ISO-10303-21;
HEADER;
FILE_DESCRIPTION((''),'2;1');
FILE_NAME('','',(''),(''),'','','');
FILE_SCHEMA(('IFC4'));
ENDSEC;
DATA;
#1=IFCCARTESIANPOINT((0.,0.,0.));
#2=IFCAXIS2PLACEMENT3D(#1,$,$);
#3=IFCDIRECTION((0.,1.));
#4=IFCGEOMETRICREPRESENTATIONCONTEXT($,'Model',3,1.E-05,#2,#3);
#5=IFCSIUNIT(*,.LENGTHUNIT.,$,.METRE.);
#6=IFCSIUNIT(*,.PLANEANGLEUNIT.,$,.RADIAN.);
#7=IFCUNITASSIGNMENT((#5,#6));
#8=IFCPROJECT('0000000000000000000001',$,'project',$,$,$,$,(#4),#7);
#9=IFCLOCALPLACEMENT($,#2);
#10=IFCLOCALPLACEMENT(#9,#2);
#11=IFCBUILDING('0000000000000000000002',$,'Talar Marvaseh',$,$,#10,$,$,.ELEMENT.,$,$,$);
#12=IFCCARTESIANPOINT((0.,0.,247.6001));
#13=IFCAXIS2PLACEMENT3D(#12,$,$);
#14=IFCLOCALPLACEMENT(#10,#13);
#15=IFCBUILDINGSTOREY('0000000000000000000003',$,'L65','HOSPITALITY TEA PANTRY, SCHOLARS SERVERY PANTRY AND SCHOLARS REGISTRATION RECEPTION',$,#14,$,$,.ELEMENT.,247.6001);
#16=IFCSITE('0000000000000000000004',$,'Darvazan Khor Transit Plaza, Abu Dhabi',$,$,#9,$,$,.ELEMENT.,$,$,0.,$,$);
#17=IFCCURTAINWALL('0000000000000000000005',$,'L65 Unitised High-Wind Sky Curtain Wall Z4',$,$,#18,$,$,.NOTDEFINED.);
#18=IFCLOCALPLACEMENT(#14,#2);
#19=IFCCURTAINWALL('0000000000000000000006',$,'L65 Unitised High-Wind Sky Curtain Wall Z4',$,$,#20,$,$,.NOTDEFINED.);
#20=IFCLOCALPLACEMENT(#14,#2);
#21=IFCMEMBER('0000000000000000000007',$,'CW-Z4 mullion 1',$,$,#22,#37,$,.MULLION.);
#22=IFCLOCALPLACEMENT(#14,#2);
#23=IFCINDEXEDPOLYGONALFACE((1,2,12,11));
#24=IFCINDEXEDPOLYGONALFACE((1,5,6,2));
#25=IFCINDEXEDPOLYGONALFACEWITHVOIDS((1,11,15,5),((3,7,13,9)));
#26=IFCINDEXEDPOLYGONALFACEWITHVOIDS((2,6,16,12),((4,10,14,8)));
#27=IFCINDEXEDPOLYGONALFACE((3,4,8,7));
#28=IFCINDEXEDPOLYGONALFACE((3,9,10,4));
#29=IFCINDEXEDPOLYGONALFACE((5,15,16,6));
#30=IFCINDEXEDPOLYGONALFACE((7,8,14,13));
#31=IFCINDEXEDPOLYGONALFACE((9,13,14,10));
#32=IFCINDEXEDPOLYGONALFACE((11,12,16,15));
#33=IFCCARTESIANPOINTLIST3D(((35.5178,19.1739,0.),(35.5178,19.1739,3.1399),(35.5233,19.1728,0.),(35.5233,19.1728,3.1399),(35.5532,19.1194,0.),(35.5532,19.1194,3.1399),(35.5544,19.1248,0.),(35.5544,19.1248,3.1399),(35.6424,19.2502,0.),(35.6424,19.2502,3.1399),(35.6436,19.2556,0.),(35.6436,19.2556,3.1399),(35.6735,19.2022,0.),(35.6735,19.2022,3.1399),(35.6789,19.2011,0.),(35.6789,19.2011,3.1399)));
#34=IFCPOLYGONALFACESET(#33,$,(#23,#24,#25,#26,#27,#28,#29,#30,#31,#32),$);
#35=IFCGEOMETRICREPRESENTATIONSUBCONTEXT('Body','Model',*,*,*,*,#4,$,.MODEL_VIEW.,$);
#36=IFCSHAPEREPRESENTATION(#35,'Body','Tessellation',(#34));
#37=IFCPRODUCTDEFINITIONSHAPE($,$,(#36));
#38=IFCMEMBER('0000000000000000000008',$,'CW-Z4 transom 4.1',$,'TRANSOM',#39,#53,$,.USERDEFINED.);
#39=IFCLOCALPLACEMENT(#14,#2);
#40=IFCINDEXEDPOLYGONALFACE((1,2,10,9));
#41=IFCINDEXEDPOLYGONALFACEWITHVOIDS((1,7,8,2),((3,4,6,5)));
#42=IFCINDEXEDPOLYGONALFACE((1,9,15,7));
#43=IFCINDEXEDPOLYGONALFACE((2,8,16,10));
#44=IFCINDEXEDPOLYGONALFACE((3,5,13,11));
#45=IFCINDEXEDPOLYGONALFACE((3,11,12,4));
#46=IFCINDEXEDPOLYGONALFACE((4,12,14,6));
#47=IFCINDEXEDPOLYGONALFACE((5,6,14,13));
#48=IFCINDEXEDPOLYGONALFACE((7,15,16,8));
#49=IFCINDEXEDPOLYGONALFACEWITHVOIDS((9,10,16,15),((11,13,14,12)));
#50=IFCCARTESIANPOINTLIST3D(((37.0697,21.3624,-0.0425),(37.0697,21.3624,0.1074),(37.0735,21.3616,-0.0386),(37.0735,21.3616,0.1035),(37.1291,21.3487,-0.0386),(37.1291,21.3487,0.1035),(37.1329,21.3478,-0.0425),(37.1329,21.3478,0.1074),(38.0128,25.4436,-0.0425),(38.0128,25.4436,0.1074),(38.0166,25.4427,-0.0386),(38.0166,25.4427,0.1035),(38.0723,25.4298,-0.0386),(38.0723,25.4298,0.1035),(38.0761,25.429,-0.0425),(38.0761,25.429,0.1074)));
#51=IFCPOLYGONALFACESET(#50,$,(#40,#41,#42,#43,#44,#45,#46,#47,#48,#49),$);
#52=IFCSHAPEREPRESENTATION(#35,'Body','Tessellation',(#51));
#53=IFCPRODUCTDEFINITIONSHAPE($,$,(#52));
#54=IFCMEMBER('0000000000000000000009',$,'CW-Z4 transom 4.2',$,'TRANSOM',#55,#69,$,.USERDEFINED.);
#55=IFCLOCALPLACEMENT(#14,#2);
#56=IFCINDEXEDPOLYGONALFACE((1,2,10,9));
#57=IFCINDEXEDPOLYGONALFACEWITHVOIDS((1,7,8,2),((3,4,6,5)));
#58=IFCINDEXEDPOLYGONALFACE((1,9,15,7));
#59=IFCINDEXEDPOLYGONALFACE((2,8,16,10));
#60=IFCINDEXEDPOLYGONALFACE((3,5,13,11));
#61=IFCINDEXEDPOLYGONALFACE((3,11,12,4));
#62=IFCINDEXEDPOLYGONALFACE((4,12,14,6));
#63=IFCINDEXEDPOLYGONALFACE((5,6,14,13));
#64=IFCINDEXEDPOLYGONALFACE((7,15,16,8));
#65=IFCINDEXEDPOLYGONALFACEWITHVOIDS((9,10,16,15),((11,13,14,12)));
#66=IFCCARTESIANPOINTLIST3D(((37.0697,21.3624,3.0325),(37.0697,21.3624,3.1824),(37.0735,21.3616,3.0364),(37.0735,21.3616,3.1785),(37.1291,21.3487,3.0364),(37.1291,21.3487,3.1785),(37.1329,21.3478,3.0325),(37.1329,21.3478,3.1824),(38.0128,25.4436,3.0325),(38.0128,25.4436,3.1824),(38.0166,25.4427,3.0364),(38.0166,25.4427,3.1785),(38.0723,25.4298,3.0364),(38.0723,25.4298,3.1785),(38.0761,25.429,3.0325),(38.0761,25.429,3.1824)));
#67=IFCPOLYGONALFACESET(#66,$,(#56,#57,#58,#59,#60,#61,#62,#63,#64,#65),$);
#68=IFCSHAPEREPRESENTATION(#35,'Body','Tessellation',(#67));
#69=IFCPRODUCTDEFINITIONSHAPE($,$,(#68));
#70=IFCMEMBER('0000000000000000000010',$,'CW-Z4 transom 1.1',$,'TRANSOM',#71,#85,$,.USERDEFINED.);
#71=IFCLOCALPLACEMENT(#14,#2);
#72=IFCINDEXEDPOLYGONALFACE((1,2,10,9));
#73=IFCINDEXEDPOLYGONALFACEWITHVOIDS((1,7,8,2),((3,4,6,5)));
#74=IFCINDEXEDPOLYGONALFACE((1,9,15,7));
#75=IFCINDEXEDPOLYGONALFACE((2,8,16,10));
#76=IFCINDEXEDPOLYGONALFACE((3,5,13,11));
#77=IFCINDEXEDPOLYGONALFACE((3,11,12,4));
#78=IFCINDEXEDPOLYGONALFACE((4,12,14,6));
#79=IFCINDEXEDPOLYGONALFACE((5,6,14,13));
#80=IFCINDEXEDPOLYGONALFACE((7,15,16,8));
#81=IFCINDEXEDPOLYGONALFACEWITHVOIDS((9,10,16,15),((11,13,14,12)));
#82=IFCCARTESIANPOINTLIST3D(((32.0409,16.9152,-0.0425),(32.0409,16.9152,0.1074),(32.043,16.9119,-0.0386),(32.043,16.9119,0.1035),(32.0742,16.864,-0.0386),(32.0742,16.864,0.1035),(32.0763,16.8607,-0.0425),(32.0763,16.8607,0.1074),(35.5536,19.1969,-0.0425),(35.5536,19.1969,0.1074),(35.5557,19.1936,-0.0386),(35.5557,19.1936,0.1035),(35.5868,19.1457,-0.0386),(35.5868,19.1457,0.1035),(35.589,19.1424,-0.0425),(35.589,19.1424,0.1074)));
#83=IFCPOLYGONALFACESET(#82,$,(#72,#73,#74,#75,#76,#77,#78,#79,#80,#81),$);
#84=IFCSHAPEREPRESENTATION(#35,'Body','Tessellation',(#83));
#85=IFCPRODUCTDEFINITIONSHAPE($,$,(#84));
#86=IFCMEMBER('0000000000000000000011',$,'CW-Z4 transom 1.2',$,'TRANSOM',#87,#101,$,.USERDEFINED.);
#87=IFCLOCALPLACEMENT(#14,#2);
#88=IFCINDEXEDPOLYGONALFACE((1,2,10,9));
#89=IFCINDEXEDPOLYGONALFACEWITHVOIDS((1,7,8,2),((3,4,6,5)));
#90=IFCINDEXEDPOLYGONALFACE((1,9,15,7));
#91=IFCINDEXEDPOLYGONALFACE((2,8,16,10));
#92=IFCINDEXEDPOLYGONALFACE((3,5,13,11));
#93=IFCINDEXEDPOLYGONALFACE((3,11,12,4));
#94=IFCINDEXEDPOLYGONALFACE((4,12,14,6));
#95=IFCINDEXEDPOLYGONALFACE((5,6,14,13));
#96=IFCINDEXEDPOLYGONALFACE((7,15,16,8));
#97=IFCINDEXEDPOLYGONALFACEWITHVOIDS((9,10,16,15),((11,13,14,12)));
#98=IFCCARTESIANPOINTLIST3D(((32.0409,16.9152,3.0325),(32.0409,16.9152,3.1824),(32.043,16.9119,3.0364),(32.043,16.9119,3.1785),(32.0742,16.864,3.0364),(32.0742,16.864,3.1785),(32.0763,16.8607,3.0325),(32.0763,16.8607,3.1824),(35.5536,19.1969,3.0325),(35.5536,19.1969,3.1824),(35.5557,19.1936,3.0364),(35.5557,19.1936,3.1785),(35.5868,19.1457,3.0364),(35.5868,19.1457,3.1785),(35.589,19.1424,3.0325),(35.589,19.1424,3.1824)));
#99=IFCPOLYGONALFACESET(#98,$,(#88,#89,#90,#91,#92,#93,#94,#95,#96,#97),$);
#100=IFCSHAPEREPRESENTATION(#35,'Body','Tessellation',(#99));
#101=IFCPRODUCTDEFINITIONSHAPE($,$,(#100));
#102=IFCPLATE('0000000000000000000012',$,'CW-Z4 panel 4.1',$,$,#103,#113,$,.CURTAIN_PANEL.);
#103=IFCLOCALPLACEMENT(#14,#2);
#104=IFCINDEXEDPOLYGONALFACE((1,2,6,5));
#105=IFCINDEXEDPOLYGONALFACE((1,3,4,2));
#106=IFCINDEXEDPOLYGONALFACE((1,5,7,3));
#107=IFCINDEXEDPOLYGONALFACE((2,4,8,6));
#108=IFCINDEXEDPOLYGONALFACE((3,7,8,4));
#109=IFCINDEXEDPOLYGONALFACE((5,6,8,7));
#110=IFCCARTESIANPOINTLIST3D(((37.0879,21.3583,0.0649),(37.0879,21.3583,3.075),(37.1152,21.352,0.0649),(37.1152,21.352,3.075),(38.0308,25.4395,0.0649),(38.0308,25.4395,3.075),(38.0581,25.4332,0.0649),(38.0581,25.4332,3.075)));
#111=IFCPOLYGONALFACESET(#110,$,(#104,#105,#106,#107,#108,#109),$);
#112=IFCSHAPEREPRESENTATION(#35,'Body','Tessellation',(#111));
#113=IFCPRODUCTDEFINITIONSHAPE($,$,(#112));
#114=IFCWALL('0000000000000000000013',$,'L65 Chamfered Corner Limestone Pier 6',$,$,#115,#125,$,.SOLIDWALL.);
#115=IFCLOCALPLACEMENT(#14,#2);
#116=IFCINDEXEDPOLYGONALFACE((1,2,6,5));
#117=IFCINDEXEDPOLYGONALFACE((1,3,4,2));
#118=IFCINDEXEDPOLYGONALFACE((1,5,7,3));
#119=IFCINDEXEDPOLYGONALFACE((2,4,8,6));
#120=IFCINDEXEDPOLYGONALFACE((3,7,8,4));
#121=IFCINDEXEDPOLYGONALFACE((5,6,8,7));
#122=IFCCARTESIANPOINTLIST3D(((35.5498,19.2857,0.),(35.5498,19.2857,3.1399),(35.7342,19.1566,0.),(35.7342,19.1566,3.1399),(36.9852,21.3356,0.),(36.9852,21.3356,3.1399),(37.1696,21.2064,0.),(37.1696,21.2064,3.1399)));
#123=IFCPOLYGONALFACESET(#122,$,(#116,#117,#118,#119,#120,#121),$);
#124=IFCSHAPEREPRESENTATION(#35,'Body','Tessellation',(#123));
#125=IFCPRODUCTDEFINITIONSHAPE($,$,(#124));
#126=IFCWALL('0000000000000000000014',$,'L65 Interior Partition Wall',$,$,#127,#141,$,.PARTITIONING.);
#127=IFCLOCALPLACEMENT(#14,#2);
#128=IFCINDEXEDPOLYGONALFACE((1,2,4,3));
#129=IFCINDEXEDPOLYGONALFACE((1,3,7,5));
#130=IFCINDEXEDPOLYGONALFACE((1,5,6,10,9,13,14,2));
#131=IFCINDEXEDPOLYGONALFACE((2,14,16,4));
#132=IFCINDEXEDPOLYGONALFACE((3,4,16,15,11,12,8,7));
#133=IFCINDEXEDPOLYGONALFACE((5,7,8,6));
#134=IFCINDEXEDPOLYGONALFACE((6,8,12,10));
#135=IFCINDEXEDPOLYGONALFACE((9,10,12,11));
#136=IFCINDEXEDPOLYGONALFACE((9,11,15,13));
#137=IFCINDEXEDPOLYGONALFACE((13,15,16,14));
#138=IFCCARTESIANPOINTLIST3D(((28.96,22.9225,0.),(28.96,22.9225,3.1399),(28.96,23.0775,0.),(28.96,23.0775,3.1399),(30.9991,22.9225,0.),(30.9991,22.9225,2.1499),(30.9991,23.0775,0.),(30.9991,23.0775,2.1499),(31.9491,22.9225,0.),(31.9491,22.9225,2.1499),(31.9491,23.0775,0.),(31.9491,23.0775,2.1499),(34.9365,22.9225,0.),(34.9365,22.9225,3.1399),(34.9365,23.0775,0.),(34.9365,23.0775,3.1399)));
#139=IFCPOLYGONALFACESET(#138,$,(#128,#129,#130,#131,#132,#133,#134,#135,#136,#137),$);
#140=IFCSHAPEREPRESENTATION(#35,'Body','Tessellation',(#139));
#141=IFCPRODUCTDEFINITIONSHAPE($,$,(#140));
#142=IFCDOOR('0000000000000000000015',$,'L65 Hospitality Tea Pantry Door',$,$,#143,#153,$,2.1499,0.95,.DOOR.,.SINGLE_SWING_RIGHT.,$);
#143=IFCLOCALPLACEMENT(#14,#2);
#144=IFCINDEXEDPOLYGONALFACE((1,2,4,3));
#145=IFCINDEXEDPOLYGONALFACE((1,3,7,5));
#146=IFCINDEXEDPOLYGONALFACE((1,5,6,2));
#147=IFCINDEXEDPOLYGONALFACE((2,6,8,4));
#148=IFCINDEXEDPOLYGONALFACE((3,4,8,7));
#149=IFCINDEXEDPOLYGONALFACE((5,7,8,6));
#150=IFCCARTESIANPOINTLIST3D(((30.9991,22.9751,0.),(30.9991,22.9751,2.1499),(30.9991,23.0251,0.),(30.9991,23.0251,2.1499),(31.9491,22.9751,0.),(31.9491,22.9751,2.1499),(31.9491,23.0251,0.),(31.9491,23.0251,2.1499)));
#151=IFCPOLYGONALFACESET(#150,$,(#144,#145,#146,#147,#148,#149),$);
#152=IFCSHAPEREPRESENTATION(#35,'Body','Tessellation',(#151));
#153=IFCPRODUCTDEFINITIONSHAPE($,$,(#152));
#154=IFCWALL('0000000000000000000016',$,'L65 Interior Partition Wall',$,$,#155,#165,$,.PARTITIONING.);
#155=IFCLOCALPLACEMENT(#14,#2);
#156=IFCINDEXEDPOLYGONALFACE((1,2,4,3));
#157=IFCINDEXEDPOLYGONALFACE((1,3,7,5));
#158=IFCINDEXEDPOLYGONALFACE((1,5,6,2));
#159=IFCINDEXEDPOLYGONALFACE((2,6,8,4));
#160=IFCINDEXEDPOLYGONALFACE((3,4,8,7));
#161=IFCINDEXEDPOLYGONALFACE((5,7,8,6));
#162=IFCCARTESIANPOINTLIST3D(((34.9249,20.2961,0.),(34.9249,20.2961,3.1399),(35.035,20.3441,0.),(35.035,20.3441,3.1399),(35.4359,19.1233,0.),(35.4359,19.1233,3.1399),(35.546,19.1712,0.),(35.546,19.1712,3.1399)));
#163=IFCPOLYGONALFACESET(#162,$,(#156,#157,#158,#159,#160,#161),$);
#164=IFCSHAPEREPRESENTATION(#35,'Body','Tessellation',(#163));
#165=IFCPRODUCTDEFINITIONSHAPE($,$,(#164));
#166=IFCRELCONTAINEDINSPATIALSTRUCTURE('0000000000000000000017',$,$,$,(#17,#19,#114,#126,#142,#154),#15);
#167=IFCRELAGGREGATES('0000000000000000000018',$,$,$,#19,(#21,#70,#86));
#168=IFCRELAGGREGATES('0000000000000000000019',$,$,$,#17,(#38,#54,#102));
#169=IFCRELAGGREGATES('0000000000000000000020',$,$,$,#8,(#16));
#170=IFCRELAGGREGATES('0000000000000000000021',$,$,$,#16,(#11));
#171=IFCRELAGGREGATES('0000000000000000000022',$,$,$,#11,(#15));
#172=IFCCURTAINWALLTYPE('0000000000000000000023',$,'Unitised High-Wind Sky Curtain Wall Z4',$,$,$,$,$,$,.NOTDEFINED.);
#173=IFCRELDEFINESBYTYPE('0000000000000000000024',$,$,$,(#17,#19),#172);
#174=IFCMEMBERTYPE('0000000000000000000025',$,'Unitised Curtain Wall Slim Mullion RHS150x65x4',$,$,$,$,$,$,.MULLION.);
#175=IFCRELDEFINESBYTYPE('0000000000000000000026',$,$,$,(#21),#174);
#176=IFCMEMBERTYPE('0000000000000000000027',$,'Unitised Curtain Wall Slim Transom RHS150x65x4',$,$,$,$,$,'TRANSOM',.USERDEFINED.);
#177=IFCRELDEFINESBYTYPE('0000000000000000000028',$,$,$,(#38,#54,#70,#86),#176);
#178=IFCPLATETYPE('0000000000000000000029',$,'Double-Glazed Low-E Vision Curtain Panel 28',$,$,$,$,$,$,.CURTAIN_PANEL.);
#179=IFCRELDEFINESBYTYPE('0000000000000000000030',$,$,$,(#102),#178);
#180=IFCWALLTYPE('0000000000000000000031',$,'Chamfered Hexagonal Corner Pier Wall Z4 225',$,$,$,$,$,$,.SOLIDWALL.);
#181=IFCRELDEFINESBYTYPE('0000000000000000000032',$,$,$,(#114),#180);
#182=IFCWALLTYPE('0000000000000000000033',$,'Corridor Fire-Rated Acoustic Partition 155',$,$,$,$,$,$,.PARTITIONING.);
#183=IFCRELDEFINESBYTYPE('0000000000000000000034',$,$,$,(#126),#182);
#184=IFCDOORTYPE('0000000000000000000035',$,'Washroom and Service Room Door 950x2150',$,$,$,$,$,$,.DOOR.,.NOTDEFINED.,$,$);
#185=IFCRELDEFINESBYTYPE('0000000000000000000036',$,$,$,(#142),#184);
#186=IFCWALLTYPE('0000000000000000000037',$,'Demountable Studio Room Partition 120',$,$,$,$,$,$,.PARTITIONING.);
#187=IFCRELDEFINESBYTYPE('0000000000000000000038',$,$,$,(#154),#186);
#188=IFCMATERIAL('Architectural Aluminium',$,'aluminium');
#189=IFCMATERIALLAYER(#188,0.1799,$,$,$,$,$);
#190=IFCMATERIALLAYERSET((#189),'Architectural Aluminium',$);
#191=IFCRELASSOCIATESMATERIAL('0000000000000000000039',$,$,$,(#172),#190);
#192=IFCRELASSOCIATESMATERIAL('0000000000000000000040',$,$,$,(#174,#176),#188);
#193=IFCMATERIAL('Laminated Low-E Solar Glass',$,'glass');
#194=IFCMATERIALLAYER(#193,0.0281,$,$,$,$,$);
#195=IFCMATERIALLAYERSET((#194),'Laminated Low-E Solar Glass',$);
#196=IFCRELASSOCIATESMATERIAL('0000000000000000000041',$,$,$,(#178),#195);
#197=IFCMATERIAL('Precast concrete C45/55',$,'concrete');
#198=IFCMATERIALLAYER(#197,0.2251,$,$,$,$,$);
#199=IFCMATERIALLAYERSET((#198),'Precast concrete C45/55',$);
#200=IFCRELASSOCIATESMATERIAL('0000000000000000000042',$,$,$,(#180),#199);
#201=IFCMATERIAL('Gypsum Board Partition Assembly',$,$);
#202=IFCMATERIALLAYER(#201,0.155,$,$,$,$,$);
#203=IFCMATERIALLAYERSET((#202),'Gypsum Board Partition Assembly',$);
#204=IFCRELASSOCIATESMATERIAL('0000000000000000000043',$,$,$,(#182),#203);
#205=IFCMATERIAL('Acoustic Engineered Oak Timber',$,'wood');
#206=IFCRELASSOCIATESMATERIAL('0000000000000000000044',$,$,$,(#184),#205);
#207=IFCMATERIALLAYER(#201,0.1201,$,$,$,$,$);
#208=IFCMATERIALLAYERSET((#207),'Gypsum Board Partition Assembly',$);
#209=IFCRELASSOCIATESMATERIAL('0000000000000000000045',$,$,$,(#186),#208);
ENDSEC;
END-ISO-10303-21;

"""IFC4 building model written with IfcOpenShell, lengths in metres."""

from ifc_helpers import new_model, si_unit, direction, frame, frame_2d, origin, origin_2d, place, context, subcontext, project, spatial, rectangle, hollow_rectangle, extrude, source, transform, mapped, material, layer, layer_set, material_profile, profile_set, type_object, type_shapes, element, fill, aggregate, save


model = new_model("IFC4")

# Units and contexts
model_context = context("Model", 3, precision=1e-05, world=origin(), true_north=direction((0.0, 1.0)))
body_context = subcontext(model_context, "Body", "Model", "MODEL_VIEW")
ifc_project = project(units=[si_unit("LENGTHUNIT", "METRE"), si_unit("PLANEANGLEUNIT", "RADIAN")], contexts=[model_context])

# Site, building, storey
site_placement = place(None, origin())
site = spatial("IfcSite", under=ifc_project, at=site_placement, Name="Darvazan Khor Transit Plaza, Abu Dhabi", CompositionType="ELEMENT", RefElevation=0.0)
building_placement = place(site_placement, origin())
building = spatial("IfcBuilding", under=site, at=building_placement, Name="Talar Marvaseh", CompositionType="ELEMENT")
storey_placement = place(building_placement, frame((0.0, 0.0, 247.6001)))
storey = spatial("IfcBuildingStorey", under=building, at=storey_placement, Name="L65", Description="HOSPITALITY TEA PANTRY, SCHOLARS SERVERY PANTRY AND SCHOLARS REGISTRATION RECEPTION", CompositionType="ELEMENT", Elevation=247.6001)

# Curtain wall
ifc_material_1 = material(Name="Architectural Aluminium", Category="aluminium")
ifc_layer_1 = layer(ifc_material_1, 0.1799)
ifc_layer_set_1 = layer_set([ifc_layer_1], Name="Architectural Aluminium")
curtain_wall_type = type_object("IfcCurtainWallType", Name="Unitised High-Wind Sky Curtain Wall Z4", PredefinedType="NOTDEFINED", material=ifc_layer_set_1)
curtain_wall_1_placement = place(storey_placement, origin())
curtain_wall_1 = element("IfcCurtainWall", 1, at=curtain_wall_1_placement, inside=storey, type_object=curtain_wall_type, Name="L65 Unitised High-Wind Sky Curtain Wall Z4", PredefinedType="NOTDEFINED")
ifc_material_profile_1 = material_profile(ifc_material_1, hollow_rectangle(XDim=0.0649, YDim=0.1499, WallThickness=0.0039, at=origin_2d()), Name="RHS150x65x4")
ifc_profile_set_1 = profile_set([ifc_material_profile_1], Name="Architectural Aluminium")
member_type_1 = type_object("IfcMemberType", Name="Unitised Curtain Wall Slim Mullion RHS150x65x4", PredefinedType="MULLION", material=ifc_profile_set_1)
shared_shape_1 = source(origin(), body_context, "Body", "SweptSolid", [
    extrude(hollow_rectangle(XDim=0.0649, YDim=0.1499, WallThickness=0.0039, at=origin_2d()), origin(), (0.0, 0.0, 1.0), 3.1399),
])
type_shapes(member_type_1, [shared_shape_1])

# Curtain wall, member
curtain_wall_2_placement = place(storey_placement, origin())
curtain_wall_2 = element("IfcCurtainWall", 2, at=curtain_wall_2_placement, inside=storey, type_object=curtain_wall_type, Name="L65 Unitised High-Wind Sky Curtain Wall Z4", PredefinedType="NOTDEFINED")
member_1_placement = place(storey_placement, frame((35.5984, 19.1875, 0.0), z_axis=(0.0, 0.0, 1.0), x_axis=(0.544769, -0.838586, 0.0)))
member_1 = element("IfcMember", 3, at=member_1_placement, type_object=member_type_1, Name="CW-Z4 mullion 1", PredefinedType="MULLION", context=body_context, shape_type="MappedRepresentation", body=[
    mapped(shared_shape_1, transform((0.0, 0.0, 0.0), x_axis=(1.0, 0.0, 0.0), y_axis=(0.0, 1.0, 0.0), z_axis=(0.0, 0.0, 1.0), scale=1.0)),
])

# Members
ifc_material_profile_2 = material_profile(ifc_material_1, hollow_rectangle(XDim=0.0649, YDim=0.1499, WallThickness=0.0039, at=origin_2d()), Name="RHS150x65x4")
ifc_profile_set_2 = profile_set([ifc_material_profile_2], Name="Architectural Aluminium")
member_type_2 = type_object("IfcMemberType", Name="Unitised Curtain Wall Slim Transom RHS150x65x4", ElementType="TRANSOM", PredefinedType="USERDEFINED", material=ifc_profile_set_2)
shared_shape_2 = source(origin(), body_context, "Body", "SweptSolid", [
    extrude(hollow_rectangle(XDim=0.0649, YDim=0.1499, WallThickness=0.0039, at=origin_2d()), origin(), (0.0, 0.0, 1.0), 4.1887),
])
type_shapes(member_type_2, [shared_shape_2])
member_2_placement = place(storey_placement, frame((38.0444, 25.4363, 0.0325), z_axis=(-0.225162, -0.974321, 0.0), x_axis=(0.974321, -0.225162, 0.0)))
member_2 = element("IfcMember", 4, at=member_2_placement, type_object=member_type_2, Name="CW-Z4 transom 4.1", ObjectType="TRANSOM", PredefinedType="USERDEFINED", context=body_context, shape_type="MappedRepresentation", body=[
    mapped(shared_shape_2, transform((0.0, 0.0, 0.0), x_axis=(1.0, 0.0, 0.0), y_axis=(0.0, 1.0, 0.0), z_axis=(0.0, 0.0, 1.0), scale=1.0)),
])
member_3_placement = place(storey_placement, frame((38.0444, 25.4363, 3.1074), z_axis=(-0.225162, -0.974321, 0.0), x_axis=(0.974321, -0.225162, 0.0)))
member_3 = element("IfcMember", 5, at=member_3_placement, type_object=member_type_2, Name="CW-Z4 transom 4.2", ObjectType="TRANSOM", PredefinedType="USERDEFINED", context=body_context, shape_type="MappedRepresentation", body=[
    mapped(shared_shape_2, transform((0.0, 0.0, 0.0), x_axis=(1.0, 0.0, 0.0), y_axis=(0.0, 1.0, 0.0), z_axis=(0.0, 0.0, 1.0), scale=1.0)),
])
member_4_placement = place(storey_placement, frame((35.5713, 19.1697, 0.0325), z_axis=(-0.838609, -0.544734, 0.0), x_axis=(0.544734, -0.838609, 0.0)))
member_4 = element("IfcMember", 6, at=member_4_placement, type_object=member_type_2, Name="CW-Z4 transom 1.1", ObjectType="TRANSOM", PredefinedType="USERDEFINED", context=body_context, shape_type="MappedRepresentation", body=[
    mapped(shared_shape_2, transform((0.0, 0.0, 0.0), x_axis=(1.0, 0.0, 0.0), y_axis=(0.0, 1.0, 0.0), z_axis=(0.0, 0.0, 1.0), scale=1.0)),
])
member_5_placement = place(storey_placement, frame((35.5713, 19.1697, 3.1074), z_axis=(-0.838609, -0.544734, 0.0), x_axis=(0.544734, -0.838609, 0.0)))
member_5 = element("IfcMember", 7, at=member_5_placement, type_object=member_type_2, Name="CW-Z4 transom 1.2", ObjectType="TRANSOM", PredefinedType="USERDEFINED", context=body_context, shape_type="MappedRepresentation", body=[
    mapped(shared_shape_2, transform((0.0, 0.0, 0.0), x_axis=(1.0, 0.0, 0.0), y_axis=(0.0, 1.0, 0.0), z_axis=(0.0, 0.0, 1.0), scale=1.0)),
])
aggregate(curtain_wall_2, [member_1, member_4, member_5])

# Plate
ifc_material_2 = material(Name="Laminated Low-E Solar Glass", Category="glass")
ifc_layer_2 = layer(ifc_material_2, 0.0281)
ifc_layer_set_2 = layer_set([ifc_layer_2], Name="Laminated Low-E Solar Glass")
plate_type = type_object("IfcPlateType", Name="Double-Glazed Low-E Vision Curtain Panel 28", PredefinedType="CURTAIN_PANEL", material=ifc_layer_set_2)
shared_shape_3 = source(origin(), body_context, "Body", "SweptSolid", [
    extrude(rectangle(XDim=4.1887, YDim=0.0281, at=origin_2d()), origin(), (0.0, 0.0, 1.0), 3.01),
])
type_shapes(plate_type, [shared_shape_3])
plate_placement = place(storey_placement, frame((37.573, 23.3958, 0.0649), z_axis=(0.0, 0.0, 1.0), x_axis=(-0.225103, -0.974335, 0.0)))
plate = element("IfcPlate", 8, at=plate_placement, type_object=plate_type, Name="CW-Z4 panel 4.1", PredefinedType="CURTAIN_PANEL", context=body_context, shape_type="MappedRepresentation", body=[
    mapped(shared_shape_3, transform((0.0, 0.0, 0.0), x_axis=(1.0, 0.0, 0.0), y_axis=(0.0, 1.0, 0.0), z_axis=(0.0, 0.0, 1.0), scale=1.0)),
])
aggregate(curtain_wall_1, [member_2, member_3, plate])

# Wall
ifc_material_3 = material(Name="Precast concrete C45/55", Category="concrete")
ifc_layer_3 = layer(ifc_material_3, 0.2251)
ifc_layer_set_3 = layer_set([ifc_layer_3], Name="Precast concrete C45/55")
wall_type_1 = type_object("IfcWallType", Name="Chamfered Hexagonal Corner Pier Wall Z4 225", PredefinedType="SOLIDWALL", material=ifc_layer_set_3)
wall_1_placement = place(storey_placement, frame((37.0774, 21.271, 0.0), z_axis=(0.0, 0.0, 1.0), x_axis=(-0.57358, -0.819149, 0.0)))
element("IfcWall", 9, at=wall_1_placement, inside=storey, type_object=wall_type_1, Name="L65 Chamfered Corner Limestone Pier 6", PredefinedType="SOLIDWALL", context=body_context, shape_type="SweptSolid", body=[
    extrude(rectangle(XDim=2.5024, YDim=0.2251, at=frame_2d((1.2512, 0.0))), origin(), (0.0, 0.0, 1.0), 3.1399),
])

# Wall, opening, door
ifc_material_4 = material(Name="Gypsum Board Partition Assembly")
ifc_layer_4 = layer(ifc_material_4, 0.155)
ifc_layer_set_4 = layer_set([ifc_layer_4], Name="Gypsum Board Partition Assembly")
wall_type_2 = type_object("IfcWallType", Name="Corridor Fire-Rated Acoustic Partition 155", PredefinedType="PARTITIONING", material=ifc_layer_set_4)
wall_2_placement = place(storey_placement, frame((34.9365, 23.0, 0.0), z_axis=(0.0, 0.0, 1.0), x_axis=(-1.0, 0.0, 0.0)))
wall_2 = element("IfcWall", 10, at=wall_2_placement, inside=storey, type_object=wall_type_2, Name="L65 Interior Partition Wall", PredefinedType="PARTITIONING", context=body_context, shape_type="SweptSolid", body=[
    extrude(rectangle(XDim=5.9766, YDim=0.155, at=frame_2d((2.9883, 0.0))), origin(), (0.0, 0.0, 1.0), 3.1399),
])
opening_placement = place(wall_2_placement, frame((2.9873, 0.0, 0.0)))
opening = element("IfcOpeningElement", 11, at=opening_placement, cuts=wall_2, PredefinedType="OPENING", context=body_context, shape_type="SweptSolid", body=[
    extrude(rectangle(XDim=0.95, YDim=2.1499, at=frame_2d((0.4751, 1.075))), frame((0.0, 0.0874, 0.0), z_axis=(0.0, -1.0, 0.0), x_axis=(1.0, 0.0, 0.0)), (0.0, 0.0, 1.0), 0.175),
])
ifc_material_5 = material(Name="Acoustic Engineered Oak Timber", Category="wood")
door_type = type_object("IfcDoorType", Name="Washroom and Service Room Door 950x2150", OperationType="NOTDEFINED", PredefinedType="DOOR", material=ifc_material_5)
shared_shape_4 = source(origin(), body_context, "Body", "SweptSolid", [
    extrude(rectangle(XDim=0.95, YDim=2.1499, at=frame_2d((0.4751, 1.075))), frame((0.0, 0.0249, 0.0), z_axis=(0.0, -1.0, 0.0), x_axis=(1.0, 0.0, 0.0)), (0.0, 0.0, 1.0), 0.05),
])
type_shapes(door_type, [shared_shape_4])
door_placement = place(opening_placement, origin())
door = element("IfcDoor", 12, at=door_placement, inside=storey, type_object=door_type, Name="L65 Hospitality Tea Pantry Door", OperationType="SINGLE_SWING_RIGHT", OverallHeight=2.1499, OverallWidth=0.95, PredefinedType="DOOR", context=body_context, shape_type="MappedRepresentation", body=[
    mapped(shared_shape_4, transform((0.0, 0.0, 0.0), x_axis=(1.0, 0.0, 0.0), y_axis=(0.0, 1.0, 0.0), z_axis=(0.0, 0.0, 1.0), scale=1.0)),
])
fill(opening, door)

# Wall
ifc_layer_5 = layer(ifc_material_4, 0.1201)
ifc_layer_set_5 = layer_set([ifc_layer_5], Name="Gypsum Board Partition Assembly")
wall_type_3 = type_object("IfcWallType", Name="Demountable Studio Room Partition 120", PredefinedType="PARTITIONING", material=ifc_layer_set_5)
wall_3_placement = place(storey_placement, frame((34.98, 20.3201, 0.0), z_axis=(0.0, 0.0, 1.0), x_axis=(0.399417, -0.916769, 0.0)))
element("IfcWall", 13, at=wall_3_placement, inside=storey, type_object=wall_type_3, Name="L65 Interior Partition Wall", PredefinedType="PARTITIONING", context=body_context, shape_type="SweptSolid", body=[
    extrude(rectangle(XDim=1.2793, YDim=0.1201, at=frame_2d((0.6396, 0.0))), origin(), (0.0, 0.0, 1.0), 3.1399),
])

save(model, "model.ifc")
